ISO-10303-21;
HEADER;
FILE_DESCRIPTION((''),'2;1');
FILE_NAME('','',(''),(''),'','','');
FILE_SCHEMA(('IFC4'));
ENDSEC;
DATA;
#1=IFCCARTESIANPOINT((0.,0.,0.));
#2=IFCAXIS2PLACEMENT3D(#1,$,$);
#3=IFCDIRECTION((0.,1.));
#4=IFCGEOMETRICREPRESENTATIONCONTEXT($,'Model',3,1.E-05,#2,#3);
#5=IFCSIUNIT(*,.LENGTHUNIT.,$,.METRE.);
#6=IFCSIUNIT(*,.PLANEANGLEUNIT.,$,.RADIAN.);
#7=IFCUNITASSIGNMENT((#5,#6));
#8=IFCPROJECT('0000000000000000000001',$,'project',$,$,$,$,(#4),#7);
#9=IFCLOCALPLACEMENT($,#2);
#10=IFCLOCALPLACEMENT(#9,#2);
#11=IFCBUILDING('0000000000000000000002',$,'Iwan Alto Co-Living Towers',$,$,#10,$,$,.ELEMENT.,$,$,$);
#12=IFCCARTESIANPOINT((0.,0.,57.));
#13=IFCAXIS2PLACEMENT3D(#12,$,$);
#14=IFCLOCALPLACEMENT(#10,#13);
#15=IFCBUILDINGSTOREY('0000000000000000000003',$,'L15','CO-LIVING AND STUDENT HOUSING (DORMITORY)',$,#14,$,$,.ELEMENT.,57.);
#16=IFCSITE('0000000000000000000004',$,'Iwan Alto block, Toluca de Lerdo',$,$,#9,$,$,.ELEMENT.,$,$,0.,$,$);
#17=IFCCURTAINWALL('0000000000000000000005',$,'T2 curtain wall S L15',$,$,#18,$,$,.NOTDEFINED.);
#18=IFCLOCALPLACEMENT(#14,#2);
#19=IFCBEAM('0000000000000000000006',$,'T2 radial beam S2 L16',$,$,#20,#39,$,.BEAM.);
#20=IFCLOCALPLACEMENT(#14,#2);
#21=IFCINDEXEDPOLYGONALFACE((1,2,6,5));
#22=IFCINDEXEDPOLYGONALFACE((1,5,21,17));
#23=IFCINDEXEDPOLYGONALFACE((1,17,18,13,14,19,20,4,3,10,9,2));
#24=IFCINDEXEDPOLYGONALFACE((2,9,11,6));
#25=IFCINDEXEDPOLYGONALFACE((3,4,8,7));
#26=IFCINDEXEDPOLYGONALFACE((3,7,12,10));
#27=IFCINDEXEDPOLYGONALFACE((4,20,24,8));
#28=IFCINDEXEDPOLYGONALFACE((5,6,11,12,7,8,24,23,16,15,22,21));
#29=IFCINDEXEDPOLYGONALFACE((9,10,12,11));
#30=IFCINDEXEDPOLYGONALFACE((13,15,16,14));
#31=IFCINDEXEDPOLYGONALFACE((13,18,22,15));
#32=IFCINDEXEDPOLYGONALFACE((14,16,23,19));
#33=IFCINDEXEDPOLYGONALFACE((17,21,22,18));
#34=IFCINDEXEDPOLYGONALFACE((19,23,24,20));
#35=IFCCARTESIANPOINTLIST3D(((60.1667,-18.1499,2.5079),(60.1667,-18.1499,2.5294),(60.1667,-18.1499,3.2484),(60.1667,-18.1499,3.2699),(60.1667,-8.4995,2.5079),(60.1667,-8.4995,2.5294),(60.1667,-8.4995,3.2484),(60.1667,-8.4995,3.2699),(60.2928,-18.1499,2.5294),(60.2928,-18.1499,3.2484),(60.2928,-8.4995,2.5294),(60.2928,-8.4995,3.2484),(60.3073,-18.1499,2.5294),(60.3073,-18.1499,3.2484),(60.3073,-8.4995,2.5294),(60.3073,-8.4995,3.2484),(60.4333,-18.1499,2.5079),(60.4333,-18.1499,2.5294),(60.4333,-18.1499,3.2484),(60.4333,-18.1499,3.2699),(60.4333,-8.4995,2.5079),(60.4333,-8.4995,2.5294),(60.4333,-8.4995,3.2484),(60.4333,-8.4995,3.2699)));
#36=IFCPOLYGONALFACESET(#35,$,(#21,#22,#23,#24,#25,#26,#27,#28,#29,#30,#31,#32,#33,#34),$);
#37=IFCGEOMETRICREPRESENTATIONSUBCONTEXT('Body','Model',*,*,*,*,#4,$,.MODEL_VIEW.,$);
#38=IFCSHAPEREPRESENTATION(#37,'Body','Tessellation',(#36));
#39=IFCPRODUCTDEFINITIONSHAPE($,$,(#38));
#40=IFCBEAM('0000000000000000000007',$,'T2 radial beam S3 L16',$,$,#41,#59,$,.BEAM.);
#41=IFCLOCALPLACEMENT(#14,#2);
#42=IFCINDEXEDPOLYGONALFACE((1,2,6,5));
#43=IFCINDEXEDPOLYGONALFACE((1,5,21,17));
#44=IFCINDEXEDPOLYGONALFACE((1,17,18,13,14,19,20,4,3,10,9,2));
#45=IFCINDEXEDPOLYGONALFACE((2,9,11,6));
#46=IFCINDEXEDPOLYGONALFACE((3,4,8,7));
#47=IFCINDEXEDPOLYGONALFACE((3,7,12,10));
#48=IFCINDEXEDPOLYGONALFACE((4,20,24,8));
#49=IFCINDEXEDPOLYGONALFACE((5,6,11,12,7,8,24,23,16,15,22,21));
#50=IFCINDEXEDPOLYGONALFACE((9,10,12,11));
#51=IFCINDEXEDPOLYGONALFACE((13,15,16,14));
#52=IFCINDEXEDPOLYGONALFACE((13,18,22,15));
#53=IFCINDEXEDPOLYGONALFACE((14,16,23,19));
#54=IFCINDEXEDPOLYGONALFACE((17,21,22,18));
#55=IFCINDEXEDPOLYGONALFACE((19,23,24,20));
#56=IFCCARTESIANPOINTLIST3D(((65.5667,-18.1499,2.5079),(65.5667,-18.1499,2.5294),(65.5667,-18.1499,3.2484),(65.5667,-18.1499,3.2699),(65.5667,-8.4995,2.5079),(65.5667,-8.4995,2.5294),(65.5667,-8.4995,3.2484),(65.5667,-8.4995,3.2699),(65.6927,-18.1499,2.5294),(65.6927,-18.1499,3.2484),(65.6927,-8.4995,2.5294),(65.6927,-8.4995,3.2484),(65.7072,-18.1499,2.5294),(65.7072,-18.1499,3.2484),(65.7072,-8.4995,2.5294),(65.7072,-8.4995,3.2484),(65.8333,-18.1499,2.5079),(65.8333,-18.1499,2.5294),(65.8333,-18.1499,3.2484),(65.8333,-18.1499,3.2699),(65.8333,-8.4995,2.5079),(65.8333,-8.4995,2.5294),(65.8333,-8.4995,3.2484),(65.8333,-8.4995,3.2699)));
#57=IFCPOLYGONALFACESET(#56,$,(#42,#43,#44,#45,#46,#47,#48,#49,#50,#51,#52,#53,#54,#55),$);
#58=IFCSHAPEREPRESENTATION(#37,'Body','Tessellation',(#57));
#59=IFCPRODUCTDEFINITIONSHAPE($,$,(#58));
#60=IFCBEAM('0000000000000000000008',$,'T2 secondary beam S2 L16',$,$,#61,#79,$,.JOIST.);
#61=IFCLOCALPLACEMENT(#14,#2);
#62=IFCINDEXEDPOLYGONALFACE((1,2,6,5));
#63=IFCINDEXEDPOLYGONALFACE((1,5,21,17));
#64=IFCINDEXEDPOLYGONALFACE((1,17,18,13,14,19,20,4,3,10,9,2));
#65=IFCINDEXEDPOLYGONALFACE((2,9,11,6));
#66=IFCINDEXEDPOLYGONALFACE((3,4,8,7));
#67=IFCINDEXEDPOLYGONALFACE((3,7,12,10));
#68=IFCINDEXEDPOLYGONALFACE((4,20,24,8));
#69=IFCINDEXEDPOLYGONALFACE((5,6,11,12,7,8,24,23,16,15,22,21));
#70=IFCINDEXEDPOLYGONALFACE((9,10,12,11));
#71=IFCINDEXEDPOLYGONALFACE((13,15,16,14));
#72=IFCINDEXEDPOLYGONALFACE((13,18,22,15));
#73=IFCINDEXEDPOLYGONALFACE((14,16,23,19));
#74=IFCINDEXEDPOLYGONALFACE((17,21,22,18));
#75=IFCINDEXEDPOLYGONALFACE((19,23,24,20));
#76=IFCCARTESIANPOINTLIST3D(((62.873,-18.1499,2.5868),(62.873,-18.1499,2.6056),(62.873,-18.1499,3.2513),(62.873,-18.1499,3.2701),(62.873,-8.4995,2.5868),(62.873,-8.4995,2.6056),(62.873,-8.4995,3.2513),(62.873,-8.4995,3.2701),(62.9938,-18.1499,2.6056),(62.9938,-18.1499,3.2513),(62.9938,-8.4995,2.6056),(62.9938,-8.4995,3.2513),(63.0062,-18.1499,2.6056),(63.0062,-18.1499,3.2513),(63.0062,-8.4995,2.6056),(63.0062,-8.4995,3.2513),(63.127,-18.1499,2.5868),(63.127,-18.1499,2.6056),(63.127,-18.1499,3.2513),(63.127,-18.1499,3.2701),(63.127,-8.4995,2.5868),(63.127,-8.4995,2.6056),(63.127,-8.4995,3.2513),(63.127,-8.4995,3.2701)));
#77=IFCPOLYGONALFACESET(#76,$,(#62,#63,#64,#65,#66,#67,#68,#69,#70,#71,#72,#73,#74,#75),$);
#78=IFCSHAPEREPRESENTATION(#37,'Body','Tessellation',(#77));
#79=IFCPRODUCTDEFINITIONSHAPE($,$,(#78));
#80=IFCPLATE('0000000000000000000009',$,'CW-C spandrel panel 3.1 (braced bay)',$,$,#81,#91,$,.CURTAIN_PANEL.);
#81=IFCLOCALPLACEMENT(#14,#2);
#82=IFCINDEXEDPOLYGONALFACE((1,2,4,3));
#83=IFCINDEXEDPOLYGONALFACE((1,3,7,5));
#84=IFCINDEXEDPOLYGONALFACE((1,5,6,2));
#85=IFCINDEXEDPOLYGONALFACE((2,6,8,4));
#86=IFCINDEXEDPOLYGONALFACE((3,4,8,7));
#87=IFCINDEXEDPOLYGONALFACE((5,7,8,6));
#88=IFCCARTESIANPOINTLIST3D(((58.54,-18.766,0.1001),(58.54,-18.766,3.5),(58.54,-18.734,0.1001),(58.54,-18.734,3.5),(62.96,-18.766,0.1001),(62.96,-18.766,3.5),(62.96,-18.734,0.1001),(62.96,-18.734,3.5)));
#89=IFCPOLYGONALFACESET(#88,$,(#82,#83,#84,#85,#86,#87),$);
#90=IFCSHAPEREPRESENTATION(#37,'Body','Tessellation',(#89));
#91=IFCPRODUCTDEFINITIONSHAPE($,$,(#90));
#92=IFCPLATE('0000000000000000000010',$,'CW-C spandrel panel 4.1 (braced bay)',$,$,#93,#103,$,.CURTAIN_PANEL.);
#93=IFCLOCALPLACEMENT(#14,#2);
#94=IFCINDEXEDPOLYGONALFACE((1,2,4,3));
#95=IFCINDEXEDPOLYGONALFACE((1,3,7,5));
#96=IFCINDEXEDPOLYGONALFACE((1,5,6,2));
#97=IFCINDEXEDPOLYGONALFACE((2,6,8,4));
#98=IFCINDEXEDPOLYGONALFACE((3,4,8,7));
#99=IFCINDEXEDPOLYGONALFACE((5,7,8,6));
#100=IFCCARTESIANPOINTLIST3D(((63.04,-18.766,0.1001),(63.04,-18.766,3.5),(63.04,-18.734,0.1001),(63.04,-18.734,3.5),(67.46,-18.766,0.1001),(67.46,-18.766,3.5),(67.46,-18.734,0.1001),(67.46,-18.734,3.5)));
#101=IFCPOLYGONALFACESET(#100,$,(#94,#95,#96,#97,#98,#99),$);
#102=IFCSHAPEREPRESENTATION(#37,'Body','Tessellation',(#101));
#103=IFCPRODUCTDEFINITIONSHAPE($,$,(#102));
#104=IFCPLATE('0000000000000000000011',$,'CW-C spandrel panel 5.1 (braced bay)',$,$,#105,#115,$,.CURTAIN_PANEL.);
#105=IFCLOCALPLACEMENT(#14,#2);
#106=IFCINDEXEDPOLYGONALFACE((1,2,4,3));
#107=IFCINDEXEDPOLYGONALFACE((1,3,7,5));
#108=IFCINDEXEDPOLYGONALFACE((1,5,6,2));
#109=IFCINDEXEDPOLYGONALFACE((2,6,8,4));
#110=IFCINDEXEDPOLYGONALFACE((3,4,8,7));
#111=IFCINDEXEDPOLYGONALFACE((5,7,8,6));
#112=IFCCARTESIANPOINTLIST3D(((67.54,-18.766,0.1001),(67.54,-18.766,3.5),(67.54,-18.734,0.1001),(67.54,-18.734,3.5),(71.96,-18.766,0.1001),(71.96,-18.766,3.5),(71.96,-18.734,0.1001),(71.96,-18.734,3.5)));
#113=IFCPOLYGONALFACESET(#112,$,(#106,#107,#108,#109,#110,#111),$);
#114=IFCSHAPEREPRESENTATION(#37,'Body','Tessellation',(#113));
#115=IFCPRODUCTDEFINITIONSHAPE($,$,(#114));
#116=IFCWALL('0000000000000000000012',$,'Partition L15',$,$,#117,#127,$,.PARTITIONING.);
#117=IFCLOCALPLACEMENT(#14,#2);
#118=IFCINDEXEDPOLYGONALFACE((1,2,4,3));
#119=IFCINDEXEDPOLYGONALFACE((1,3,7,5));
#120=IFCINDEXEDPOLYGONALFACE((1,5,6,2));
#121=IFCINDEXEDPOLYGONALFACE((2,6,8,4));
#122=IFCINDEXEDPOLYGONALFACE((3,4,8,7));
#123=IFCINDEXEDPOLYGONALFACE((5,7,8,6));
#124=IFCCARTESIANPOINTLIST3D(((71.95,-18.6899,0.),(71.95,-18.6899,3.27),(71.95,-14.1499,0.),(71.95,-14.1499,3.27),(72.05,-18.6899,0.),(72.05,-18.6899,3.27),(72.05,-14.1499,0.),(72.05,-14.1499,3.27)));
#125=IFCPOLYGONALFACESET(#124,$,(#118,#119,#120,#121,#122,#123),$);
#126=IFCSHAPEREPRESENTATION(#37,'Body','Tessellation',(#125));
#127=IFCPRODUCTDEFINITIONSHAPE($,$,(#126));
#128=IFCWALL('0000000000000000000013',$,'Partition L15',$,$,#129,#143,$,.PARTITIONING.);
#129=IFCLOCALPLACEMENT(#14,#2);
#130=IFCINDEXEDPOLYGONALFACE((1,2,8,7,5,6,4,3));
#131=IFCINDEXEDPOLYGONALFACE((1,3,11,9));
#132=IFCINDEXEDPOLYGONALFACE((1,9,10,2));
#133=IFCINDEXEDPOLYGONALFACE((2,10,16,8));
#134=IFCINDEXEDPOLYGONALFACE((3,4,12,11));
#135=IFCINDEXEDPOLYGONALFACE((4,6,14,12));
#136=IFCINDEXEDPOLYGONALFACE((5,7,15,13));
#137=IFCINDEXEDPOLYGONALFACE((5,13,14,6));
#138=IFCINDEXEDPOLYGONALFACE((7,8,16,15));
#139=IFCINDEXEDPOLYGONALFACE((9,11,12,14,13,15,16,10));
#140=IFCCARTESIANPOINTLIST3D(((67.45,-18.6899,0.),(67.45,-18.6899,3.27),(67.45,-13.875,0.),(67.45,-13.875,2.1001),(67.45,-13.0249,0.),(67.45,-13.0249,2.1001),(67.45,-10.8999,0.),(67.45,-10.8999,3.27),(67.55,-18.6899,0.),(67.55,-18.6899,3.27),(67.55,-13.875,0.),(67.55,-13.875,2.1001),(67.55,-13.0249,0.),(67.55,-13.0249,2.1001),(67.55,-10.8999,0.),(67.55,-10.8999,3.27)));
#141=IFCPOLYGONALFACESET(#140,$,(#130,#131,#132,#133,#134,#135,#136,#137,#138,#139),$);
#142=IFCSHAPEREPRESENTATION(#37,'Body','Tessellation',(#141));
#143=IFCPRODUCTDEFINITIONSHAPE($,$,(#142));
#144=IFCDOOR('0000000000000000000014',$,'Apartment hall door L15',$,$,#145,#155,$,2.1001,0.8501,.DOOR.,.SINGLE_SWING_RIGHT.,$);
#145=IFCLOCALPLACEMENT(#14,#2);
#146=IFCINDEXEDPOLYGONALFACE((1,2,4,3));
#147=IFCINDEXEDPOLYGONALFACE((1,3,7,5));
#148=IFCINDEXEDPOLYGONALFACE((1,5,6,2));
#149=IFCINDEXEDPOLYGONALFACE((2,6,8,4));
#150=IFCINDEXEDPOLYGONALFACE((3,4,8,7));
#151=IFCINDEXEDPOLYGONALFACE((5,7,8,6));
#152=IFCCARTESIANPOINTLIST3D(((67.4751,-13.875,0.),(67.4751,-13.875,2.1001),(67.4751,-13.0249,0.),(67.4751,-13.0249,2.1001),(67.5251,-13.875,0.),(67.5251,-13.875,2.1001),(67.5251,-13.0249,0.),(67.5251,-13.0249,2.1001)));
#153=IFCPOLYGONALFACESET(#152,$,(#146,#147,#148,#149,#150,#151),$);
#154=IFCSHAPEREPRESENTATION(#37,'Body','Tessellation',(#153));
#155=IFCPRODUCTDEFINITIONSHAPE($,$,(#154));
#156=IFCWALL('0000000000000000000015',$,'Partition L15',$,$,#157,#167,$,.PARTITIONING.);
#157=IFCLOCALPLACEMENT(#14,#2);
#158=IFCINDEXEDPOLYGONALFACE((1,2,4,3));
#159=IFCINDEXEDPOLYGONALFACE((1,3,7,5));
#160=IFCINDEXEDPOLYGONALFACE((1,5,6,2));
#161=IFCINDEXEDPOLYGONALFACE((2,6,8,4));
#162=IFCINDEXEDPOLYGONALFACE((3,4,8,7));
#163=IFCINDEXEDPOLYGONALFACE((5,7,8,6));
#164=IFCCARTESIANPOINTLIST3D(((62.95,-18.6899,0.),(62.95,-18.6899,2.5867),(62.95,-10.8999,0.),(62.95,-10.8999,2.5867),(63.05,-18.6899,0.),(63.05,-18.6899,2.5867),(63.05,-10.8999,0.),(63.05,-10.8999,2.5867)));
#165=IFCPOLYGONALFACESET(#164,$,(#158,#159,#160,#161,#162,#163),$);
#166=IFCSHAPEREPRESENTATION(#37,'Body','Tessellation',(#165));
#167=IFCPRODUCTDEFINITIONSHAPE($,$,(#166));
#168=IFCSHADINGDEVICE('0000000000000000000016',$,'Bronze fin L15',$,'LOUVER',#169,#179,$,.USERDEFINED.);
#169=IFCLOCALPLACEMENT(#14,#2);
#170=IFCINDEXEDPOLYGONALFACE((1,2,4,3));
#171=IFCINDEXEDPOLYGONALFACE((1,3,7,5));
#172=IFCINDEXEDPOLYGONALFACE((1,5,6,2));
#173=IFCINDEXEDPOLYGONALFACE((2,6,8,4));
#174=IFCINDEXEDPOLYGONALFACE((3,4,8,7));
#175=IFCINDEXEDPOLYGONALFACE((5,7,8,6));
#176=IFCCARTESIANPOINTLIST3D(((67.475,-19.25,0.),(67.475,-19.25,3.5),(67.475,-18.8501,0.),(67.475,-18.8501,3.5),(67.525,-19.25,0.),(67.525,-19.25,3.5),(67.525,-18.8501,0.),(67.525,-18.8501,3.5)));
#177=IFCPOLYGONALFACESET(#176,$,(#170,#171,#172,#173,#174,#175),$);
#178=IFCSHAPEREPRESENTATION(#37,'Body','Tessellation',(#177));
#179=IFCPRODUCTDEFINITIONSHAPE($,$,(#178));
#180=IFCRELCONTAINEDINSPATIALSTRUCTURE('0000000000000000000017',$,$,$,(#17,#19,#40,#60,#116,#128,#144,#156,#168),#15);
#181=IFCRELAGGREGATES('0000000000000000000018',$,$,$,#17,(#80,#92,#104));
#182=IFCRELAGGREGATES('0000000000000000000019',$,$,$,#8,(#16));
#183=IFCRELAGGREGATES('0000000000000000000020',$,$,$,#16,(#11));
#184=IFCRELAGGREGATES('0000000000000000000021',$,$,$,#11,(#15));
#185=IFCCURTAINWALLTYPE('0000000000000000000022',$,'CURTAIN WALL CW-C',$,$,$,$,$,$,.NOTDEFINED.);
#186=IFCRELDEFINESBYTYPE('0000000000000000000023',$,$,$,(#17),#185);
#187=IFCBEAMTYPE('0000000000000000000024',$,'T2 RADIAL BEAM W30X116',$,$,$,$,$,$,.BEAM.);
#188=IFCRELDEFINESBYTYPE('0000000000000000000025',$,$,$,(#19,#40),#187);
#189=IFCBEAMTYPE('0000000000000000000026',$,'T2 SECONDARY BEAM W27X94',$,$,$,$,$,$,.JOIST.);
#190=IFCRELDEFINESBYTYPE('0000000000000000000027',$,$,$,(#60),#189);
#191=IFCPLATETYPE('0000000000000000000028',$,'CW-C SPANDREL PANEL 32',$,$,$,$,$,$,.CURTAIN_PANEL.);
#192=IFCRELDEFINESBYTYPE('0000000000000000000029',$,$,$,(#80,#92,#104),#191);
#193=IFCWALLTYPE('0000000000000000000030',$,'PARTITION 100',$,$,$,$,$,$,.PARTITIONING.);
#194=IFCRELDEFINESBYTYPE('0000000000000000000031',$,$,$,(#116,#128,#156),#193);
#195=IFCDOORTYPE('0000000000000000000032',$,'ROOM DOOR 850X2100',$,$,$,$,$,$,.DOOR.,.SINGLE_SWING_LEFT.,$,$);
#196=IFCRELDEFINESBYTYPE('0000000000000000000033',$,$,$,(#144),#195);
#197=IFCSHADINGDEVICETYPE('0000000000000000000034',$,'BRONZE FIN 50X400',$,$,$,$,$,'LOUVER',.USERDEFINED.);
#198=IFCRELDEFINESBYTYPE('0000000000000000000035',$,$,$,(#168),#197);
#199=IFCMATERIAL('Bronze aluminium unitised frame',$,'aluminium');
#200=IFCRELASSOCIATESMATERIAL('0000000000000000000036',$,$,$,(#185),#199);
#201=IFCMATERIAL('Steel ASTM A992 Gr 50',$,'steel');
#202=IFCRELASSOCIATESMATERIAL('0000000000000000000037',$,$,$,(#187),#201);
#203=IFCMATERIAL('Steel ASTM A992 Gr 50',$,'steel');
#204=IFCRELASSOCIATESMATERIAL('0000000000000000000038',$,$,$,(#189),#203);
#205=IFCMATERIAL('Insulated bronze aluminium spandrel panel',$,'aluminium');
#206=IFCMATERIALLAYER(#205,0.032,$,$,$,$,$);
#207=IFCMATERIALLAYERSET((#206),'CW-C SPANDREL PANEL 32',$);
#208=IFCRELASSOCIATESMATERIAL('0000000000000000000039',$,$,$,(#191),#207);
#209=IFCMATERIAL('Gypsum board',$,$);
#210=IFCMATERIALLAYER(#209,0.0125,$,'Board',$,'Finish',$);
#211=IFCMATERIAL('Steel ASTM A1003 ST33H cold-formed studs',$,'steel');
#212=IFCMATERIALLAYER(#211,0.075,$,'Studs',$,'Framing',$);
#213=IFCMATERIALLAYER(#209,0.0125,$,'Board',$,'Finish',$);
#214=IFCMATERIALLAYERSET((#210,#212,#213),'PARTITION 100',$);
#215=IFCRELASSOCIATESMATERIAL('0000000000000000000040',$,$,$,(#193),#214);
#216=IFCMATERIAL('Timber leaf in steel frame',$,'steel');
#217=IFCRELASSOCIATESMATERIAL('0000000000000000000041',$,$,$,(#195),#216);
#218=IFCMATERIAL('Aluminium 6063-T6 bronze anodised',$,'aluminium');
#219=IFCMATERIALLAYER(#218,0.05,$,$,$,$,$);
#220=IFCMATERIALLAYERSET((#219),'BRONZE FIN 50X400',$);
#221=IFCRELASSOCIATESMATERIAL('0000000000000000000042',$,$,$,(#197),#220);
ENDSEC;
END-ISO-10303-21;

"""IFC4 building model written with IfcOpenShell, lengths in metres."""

from ifc_helpers import new_model, si_unit, direction, frame, frame_2d, origin, origin_2d, place, context, subcontext, project, spatial, rectangle, i_section, extrude, material, layer, layer_set, material_profile, profile_set, type_object, element, fill, aggregate, save


model = new_model("IFC4")

# Units and contexts
model_context = context("Model", 3, precision=1e-05, world=origin(), true_north=direction((0.0, 1.0)))
body_context = subcontext(model_context, "Body", "Model", "MODEL_VIEW")
ifc_project = project(units=[si_unit("LENGTHUNIT", "METRE"), si_unit("PLANEANGLEUNIT", "RADIAN")], contexts=[model_context])

# Site, building, storey
site_placement = place(None, origin())
site = spatial("IfcSite", under=ifc_project, at=site_placement, Name="Iwan Alto block, Toluca de Lerdo", CompositionType="ELEMENT", RefElevation=0.0)
building_placement = place(site_placement, origin())
building = spatial("IfcBuilding", under=site, at=building_placement, Name="Iwan Alto Co-Living Towers", CompositionType="ELEMENT")
storey_placement = place(building_placement, frame((0.0, 0.0, 57.0)))
storey = spatial("IfcBuildingStorey", under=building, at=storey_placement, Name="L15", Description="CO-LIVING AND STUDENT HOUSING (DORMITORY)", CompositionType="ELEMENT", Elevation=57.0)

# Curtain wall
ifc_material_1 = material(Name="Bronze aluminium unitised frame", Category="aluminium")
curtain_wall_type = type_object("IfcCurtainWallType", Name="CURTAIN WALL CW-C", PredefinedType="NOTDEFINED", material=ifc_material_1)
curtain_wall_placement = place(storey_placement, origin())
curtain_wall = element("IfcCurtainWall", 1, at=curtain_wall_placement, inside=storey, type_object=curtain_wall_type, Name="T2 curtain wall S L15", PredefinedType="NOTDEFINED")

# Beams
ifc_material_2 = material(Name="Steel ASTM A992 Gr 50", Category="steel")
ifc_material_profile_1 = material_profile(ifc_material_2, i_section(OverallWidth=0.2666, OverallDepth=0.762, WebThickness=0.0144, FlangeThickness=0.0215, at=origin_2d()), Name="W30X116")
ifc_profile_set_1 = profile_set([ifc_material_profile_1], Name="Steel ASTM A992 Gr 50")
beam_type_1 = type_object("IfcBeamType", Name="T2 RADIAL BEAM W30X116", PredefinedType="BEAM", material=ifc_profile_set_1)
for number, where, z_axis, x_axis, name in (
    (2, (60.3, -18.1499, 2.8889), (0.0, 1.0, 0.0), (-1.0, 0.0, 0.0), "T2 radial beam S2 L16"),
    (3, (65.7, -18.1499, 2.8889), (0.0, 1.0, 0.0), (-1.0, 0.0, 0.0), "T2 radial beam S3 L16"),
):
    element("IfcBeam", number, at=place(storey_placement, frame(where, z_axis=z_axis, x_axis=x_axis)), inside=storey, type_object=beam_type_1, Name=name, PredefinedType="BEAM", context=body_context, shape_type="SweptSolid", body=[
        extrude(i_section(OverallWidth=0.2666, OverallDepth=0.762, WebThickness=0.0144, FlangeThickness=0.0215, at=origin_2d()), origin(), (0.0, 0.0, 1.0), 9.6504),
    ])
ifc_material_3 = material(Name="Steel ASTM A992 Gr 50", Category="steel")
ifc_material_profile_2 = material_profile(ifc_material_3, i_section(OverallWidth=0.2539, OverallDepth=0.6833, WebThickness=0.0125, FlangeThickness=0.0188, at=origin_2d()), Name="W27X94")
ifc_profile_set_2 = profile_set([ifc_material_profile_2], Name="Steel ASTM A992 Gr 50")
beam_type_2 = type_object("IfcBeamType", Name="T2 SECONDARY BEAM W27X94", PredefinedType="JOIST", material=ifc_profile_set_2)
beam_1_placement = place(storey_placement, frame((63.0, -18.1499, 2.9285), z_axis=(0.0, 1.0, 0.0), x_axis=(-1.0, 0.0, 0.0)))
element("IfcBeam", 4, at=beam_1_placement, inside=storey, type_object=beam_type_2, Name="T2 secondary beam S2 L16", PredefinedType="JOIST", context=body_context, shape_type="SweptSolid", body=[
    extrude(i_section(OverallWidth=0.2539, OverallDepth=0.6833, WebThickness=0.0125, FlangeThickness=0.0188, at=origin_2d()), origin(), (0.0, 0.0, 1.0), 9.6504),
])

# Plates
ifc_material_4 = material(Name="Insulated bronze aluminium spandrel panel", Category="aluminium")
ifc_layer_1 = layer(ifc_material_4, 0.032)
ifc_layer_set_1 = layer_set([ifc_layer_1], Name="CW-C SPANDREL PANEL 32")
plate_type = type_object("IfcPlateType", Name="CW-C SPANDREL PANEL 32", PredefinedType="CURTAIN_PANEL", material=ifc_layer_set_1)
plate_1_placement = place(storey_placement, frame((60.75, -18.75, 0.1001), z_axis=(0.0, 0.0, 1.0), x_axis=(1.0, 0.0, 0.0)))
plate_1 = element("IfcPlate", 5, at=plate_1_placement, type_object=plate_type, Name="CW-C spandrel panel 3.1 (braced bay)", PredefinedType="CURTAIN_PANEL", context=body_context, shape_type="SweptSolid", body=[
    extrude(rectangle(XDim=4.4199, YDim=0.032, at=origin_2d()), origin(), (0.0, 0.0, 1.0), 3.3999),
])
plate_2_placement = place(storey_placement, frame((65.25, -18.75, 0.1001), z_axis=(0.0, 0.0, 1.0), x_axis=(1.0, 0.0, 0.0)))
plate_2 = element("IfcPlate", 6, at=plate_2_placement, type_object=plate_type, Name="CW-C spandrel panel 4.1 (braced bay)", PredefinedType="CURTAIN_PANEL", context=body_context, shape_type="SweptSolid", body=[
    extrude(rectangle(XDim=4.4199, YDim=0.032, at=origin_2d()), origin(), (0.0, 0.0, 1.0), 3.3999),
])
plate_3_placement = place(storey_placement, frame((69.75, -18.75, 0.1001), z_axis=(0.0, 0.0, 1.0), x_axis=(1.0, 0.0, 0.0)))
plate_3 = element("IfcPlate", 7, at=plate_3_placement, type_object=plate_type, Name="CW-C spandrel panel 5.1 (braced bay)", PredefinedType="CURTAIN_PANEL", context=body_context, shape_type="SweptSolid", body=[
    extrude(rectangle(XDim=4.4199, YDim=0.032, at=origin_2d()), origin(), (0.0, 0.0, 1.0), 3.3999),
])
aggregate(curtain_wall, [plate_1, plate_2, plate_3])

# Wall
ifc_material_5 = material(Name="Gypsum board")
ifc_layer_2 = layer(ifc_material_5, 0.0125, Name="Board", Category="Finish")
ifc_material_6 = material(Name="Steel ASTM A1003 ST33H cold-formed studs", Category="steel")
ifc_layer_3 = layer(ifc_material_6, 0.075, Name="Studs", Category="Framing")
ifc_layer_4 = layer(ifc_material_5, 0.0125, Name="Board", Category="Finish")
ifc_layer_set_2 = layer_set([ifc_layer_2, ifc_layer_3, ifc_layer_4], Name="PARTITION 100")
wall_type = type_object("IfcWallType", Name="PARTITION 100", PredefinedType="PARTITIONING", material=ifc_layer_set_2)
wall_1_placement = place(storey_placement, frame((72.0, -18.6899, 0.0), z_axis=(0.0, 0.0, 1.0), x_axis=(0.0, 1.0, 0.0)))
element("IfcWall", 8, at=wall_1_placement, inside=storey, type_object=wall_type, Name="Partition L15", PredefinedType="PARTITIONING", context=body_context, shape_type="SweptSolid", body=[
    extrude(rectangle(XDim=4.54, YDim=0.1001, at=frame_2d((2.27, 0.0))), origin(), (0.0, 0.0, 1.0), 3.27),
])

# Wall, opening, door
wall_2_placement = place(storey_placement, frame((67.5, -18.6899, 0.0), z_axis=(0.0, 0.0, 1.0), x_axis=(0.0, 1.0, 0.0)))
wall_2 = element("IfcWall", 9, at=wall_2_placement, inside=storey, type_object=wall_type, Name="Partition L15", PredefinedType="PARTITIONING", context=body_context, shape_type="SweptSolid", body=[
    extrude(rectangle(XDim=7.79, YDim=0.1001, at=frame_2d((3.895, 0.0))), origin(), (0.0, 0.0, 1.0), 3.27),
])
opening_placement = place(wall_2_placement, frame((4.8149, 0.0, 0.0)))
opening = element("IfcOpeningElement", 10, at=opening_placement, cuts=wall_2, PredefinedType="OPENING", context=body_context, shape_type="SweptSolid", body=[
    extrude(rectangle(XDim=0.8501, YDim=2.1001, at=frame_2d((0.425, 1.05))), frame((0.0, 0.0601, 0.0), z_axis=(0.0, -1.0, 0.0), x_axis=(1.0, 0.0, 0.0)), (0.0, 0.0, 1.0), 0.1201),
])
ifc_material_7 = material(Name="Timber leaf in steel frame", Category="steel")
door_type = type_object("IfcDoorType", Name="ROOM DOOR 850X2100", OperationType="SINGLE_SWING_LEFT", PredefinedType="DOOR", material=ifc_material_7)
door_placement = place(opening_placement, origin())
door = element("IfcDoor", 11, at=door_placement, inside=storey, type_object=door_type, Name="Apartment hall door L15", OperationType="SINGLE_SWING_RIGHT", OverallHeight=2.1001, OverallWidth=0.8501, PredefinedType="DOOR", context=body_context, shape_type="SweptSolid", body=[
    extrude(rectangle(XDim=0.8501, YDim=2.1001, at=frame_2d((0.425, 1.05))), frame((0.0, 0.0249, 0.0), z_axis=(0.0, -1.0, 0.0), x_axis=(1.0, 0.0, 0.0)), (0.0, 0.0, 1.0), 0.05),
])
fill(opening, door)

# Wall
wall_3_placement = place(storey_placement, frame((63.0, -18.6899, 0.0), z_axis=(0.0, 0.0, 1.0), x_axis=(0.0, 1.0, 0.0)))
element("IfcWall", 12, at=wall_3_placement, inside=storey, type_object=wall_type, Name="Partition L15", PredefinedType="PARTITIONING", context=body_context, shape_type="SweptSolid", body=[
    extrude(rectangle(XDim=7.79, YDim=0.1001, at=frame_2d((3.895, 0.0))), origin(), (0.0, 0.0, 1.0), 2.5867),
])

# Shading device
ifc_material_8 = material(Name="Aluminium 6063-T6 bronze anodised", Category="aluminium")
ifc_layer_5 = layer(ifc_material_8, 0.05)
ifc_layer_set_3 = layer_set([ifc_layer_5], Name="BRONZE FIN 50X400")
shading_device_type = type_object("IfcShadingDeviceType", Name="BRONZE FIN 50X400", ElementType="LOUVER", PredefinedType="USERDEFINED", material=ifc_layer_set_3)
shading_device_placement = place(storey_placement, frame((67.5, -19.05, 0.0), z_axis=(0.0, 0.0, 1.0), x_axis=(1.0, 0.0, 0.0)))
element("IfcShadingDevice", 13, at=shading_device_placement, inside=storey, type_object=shading_device_type, Name="Bronze fin L15", ObjectType="LOUVER", PredefinedType="USERDEFINED", context=body_context, shape_type="SweptSolid", body=[
    extrude(rectangle(XDim=0.05, YDim=0.3999, at=origin_2d()), origin(), (0.0, 0.0, 1.0), 3.5),
])

save(model, "model.ifc")
